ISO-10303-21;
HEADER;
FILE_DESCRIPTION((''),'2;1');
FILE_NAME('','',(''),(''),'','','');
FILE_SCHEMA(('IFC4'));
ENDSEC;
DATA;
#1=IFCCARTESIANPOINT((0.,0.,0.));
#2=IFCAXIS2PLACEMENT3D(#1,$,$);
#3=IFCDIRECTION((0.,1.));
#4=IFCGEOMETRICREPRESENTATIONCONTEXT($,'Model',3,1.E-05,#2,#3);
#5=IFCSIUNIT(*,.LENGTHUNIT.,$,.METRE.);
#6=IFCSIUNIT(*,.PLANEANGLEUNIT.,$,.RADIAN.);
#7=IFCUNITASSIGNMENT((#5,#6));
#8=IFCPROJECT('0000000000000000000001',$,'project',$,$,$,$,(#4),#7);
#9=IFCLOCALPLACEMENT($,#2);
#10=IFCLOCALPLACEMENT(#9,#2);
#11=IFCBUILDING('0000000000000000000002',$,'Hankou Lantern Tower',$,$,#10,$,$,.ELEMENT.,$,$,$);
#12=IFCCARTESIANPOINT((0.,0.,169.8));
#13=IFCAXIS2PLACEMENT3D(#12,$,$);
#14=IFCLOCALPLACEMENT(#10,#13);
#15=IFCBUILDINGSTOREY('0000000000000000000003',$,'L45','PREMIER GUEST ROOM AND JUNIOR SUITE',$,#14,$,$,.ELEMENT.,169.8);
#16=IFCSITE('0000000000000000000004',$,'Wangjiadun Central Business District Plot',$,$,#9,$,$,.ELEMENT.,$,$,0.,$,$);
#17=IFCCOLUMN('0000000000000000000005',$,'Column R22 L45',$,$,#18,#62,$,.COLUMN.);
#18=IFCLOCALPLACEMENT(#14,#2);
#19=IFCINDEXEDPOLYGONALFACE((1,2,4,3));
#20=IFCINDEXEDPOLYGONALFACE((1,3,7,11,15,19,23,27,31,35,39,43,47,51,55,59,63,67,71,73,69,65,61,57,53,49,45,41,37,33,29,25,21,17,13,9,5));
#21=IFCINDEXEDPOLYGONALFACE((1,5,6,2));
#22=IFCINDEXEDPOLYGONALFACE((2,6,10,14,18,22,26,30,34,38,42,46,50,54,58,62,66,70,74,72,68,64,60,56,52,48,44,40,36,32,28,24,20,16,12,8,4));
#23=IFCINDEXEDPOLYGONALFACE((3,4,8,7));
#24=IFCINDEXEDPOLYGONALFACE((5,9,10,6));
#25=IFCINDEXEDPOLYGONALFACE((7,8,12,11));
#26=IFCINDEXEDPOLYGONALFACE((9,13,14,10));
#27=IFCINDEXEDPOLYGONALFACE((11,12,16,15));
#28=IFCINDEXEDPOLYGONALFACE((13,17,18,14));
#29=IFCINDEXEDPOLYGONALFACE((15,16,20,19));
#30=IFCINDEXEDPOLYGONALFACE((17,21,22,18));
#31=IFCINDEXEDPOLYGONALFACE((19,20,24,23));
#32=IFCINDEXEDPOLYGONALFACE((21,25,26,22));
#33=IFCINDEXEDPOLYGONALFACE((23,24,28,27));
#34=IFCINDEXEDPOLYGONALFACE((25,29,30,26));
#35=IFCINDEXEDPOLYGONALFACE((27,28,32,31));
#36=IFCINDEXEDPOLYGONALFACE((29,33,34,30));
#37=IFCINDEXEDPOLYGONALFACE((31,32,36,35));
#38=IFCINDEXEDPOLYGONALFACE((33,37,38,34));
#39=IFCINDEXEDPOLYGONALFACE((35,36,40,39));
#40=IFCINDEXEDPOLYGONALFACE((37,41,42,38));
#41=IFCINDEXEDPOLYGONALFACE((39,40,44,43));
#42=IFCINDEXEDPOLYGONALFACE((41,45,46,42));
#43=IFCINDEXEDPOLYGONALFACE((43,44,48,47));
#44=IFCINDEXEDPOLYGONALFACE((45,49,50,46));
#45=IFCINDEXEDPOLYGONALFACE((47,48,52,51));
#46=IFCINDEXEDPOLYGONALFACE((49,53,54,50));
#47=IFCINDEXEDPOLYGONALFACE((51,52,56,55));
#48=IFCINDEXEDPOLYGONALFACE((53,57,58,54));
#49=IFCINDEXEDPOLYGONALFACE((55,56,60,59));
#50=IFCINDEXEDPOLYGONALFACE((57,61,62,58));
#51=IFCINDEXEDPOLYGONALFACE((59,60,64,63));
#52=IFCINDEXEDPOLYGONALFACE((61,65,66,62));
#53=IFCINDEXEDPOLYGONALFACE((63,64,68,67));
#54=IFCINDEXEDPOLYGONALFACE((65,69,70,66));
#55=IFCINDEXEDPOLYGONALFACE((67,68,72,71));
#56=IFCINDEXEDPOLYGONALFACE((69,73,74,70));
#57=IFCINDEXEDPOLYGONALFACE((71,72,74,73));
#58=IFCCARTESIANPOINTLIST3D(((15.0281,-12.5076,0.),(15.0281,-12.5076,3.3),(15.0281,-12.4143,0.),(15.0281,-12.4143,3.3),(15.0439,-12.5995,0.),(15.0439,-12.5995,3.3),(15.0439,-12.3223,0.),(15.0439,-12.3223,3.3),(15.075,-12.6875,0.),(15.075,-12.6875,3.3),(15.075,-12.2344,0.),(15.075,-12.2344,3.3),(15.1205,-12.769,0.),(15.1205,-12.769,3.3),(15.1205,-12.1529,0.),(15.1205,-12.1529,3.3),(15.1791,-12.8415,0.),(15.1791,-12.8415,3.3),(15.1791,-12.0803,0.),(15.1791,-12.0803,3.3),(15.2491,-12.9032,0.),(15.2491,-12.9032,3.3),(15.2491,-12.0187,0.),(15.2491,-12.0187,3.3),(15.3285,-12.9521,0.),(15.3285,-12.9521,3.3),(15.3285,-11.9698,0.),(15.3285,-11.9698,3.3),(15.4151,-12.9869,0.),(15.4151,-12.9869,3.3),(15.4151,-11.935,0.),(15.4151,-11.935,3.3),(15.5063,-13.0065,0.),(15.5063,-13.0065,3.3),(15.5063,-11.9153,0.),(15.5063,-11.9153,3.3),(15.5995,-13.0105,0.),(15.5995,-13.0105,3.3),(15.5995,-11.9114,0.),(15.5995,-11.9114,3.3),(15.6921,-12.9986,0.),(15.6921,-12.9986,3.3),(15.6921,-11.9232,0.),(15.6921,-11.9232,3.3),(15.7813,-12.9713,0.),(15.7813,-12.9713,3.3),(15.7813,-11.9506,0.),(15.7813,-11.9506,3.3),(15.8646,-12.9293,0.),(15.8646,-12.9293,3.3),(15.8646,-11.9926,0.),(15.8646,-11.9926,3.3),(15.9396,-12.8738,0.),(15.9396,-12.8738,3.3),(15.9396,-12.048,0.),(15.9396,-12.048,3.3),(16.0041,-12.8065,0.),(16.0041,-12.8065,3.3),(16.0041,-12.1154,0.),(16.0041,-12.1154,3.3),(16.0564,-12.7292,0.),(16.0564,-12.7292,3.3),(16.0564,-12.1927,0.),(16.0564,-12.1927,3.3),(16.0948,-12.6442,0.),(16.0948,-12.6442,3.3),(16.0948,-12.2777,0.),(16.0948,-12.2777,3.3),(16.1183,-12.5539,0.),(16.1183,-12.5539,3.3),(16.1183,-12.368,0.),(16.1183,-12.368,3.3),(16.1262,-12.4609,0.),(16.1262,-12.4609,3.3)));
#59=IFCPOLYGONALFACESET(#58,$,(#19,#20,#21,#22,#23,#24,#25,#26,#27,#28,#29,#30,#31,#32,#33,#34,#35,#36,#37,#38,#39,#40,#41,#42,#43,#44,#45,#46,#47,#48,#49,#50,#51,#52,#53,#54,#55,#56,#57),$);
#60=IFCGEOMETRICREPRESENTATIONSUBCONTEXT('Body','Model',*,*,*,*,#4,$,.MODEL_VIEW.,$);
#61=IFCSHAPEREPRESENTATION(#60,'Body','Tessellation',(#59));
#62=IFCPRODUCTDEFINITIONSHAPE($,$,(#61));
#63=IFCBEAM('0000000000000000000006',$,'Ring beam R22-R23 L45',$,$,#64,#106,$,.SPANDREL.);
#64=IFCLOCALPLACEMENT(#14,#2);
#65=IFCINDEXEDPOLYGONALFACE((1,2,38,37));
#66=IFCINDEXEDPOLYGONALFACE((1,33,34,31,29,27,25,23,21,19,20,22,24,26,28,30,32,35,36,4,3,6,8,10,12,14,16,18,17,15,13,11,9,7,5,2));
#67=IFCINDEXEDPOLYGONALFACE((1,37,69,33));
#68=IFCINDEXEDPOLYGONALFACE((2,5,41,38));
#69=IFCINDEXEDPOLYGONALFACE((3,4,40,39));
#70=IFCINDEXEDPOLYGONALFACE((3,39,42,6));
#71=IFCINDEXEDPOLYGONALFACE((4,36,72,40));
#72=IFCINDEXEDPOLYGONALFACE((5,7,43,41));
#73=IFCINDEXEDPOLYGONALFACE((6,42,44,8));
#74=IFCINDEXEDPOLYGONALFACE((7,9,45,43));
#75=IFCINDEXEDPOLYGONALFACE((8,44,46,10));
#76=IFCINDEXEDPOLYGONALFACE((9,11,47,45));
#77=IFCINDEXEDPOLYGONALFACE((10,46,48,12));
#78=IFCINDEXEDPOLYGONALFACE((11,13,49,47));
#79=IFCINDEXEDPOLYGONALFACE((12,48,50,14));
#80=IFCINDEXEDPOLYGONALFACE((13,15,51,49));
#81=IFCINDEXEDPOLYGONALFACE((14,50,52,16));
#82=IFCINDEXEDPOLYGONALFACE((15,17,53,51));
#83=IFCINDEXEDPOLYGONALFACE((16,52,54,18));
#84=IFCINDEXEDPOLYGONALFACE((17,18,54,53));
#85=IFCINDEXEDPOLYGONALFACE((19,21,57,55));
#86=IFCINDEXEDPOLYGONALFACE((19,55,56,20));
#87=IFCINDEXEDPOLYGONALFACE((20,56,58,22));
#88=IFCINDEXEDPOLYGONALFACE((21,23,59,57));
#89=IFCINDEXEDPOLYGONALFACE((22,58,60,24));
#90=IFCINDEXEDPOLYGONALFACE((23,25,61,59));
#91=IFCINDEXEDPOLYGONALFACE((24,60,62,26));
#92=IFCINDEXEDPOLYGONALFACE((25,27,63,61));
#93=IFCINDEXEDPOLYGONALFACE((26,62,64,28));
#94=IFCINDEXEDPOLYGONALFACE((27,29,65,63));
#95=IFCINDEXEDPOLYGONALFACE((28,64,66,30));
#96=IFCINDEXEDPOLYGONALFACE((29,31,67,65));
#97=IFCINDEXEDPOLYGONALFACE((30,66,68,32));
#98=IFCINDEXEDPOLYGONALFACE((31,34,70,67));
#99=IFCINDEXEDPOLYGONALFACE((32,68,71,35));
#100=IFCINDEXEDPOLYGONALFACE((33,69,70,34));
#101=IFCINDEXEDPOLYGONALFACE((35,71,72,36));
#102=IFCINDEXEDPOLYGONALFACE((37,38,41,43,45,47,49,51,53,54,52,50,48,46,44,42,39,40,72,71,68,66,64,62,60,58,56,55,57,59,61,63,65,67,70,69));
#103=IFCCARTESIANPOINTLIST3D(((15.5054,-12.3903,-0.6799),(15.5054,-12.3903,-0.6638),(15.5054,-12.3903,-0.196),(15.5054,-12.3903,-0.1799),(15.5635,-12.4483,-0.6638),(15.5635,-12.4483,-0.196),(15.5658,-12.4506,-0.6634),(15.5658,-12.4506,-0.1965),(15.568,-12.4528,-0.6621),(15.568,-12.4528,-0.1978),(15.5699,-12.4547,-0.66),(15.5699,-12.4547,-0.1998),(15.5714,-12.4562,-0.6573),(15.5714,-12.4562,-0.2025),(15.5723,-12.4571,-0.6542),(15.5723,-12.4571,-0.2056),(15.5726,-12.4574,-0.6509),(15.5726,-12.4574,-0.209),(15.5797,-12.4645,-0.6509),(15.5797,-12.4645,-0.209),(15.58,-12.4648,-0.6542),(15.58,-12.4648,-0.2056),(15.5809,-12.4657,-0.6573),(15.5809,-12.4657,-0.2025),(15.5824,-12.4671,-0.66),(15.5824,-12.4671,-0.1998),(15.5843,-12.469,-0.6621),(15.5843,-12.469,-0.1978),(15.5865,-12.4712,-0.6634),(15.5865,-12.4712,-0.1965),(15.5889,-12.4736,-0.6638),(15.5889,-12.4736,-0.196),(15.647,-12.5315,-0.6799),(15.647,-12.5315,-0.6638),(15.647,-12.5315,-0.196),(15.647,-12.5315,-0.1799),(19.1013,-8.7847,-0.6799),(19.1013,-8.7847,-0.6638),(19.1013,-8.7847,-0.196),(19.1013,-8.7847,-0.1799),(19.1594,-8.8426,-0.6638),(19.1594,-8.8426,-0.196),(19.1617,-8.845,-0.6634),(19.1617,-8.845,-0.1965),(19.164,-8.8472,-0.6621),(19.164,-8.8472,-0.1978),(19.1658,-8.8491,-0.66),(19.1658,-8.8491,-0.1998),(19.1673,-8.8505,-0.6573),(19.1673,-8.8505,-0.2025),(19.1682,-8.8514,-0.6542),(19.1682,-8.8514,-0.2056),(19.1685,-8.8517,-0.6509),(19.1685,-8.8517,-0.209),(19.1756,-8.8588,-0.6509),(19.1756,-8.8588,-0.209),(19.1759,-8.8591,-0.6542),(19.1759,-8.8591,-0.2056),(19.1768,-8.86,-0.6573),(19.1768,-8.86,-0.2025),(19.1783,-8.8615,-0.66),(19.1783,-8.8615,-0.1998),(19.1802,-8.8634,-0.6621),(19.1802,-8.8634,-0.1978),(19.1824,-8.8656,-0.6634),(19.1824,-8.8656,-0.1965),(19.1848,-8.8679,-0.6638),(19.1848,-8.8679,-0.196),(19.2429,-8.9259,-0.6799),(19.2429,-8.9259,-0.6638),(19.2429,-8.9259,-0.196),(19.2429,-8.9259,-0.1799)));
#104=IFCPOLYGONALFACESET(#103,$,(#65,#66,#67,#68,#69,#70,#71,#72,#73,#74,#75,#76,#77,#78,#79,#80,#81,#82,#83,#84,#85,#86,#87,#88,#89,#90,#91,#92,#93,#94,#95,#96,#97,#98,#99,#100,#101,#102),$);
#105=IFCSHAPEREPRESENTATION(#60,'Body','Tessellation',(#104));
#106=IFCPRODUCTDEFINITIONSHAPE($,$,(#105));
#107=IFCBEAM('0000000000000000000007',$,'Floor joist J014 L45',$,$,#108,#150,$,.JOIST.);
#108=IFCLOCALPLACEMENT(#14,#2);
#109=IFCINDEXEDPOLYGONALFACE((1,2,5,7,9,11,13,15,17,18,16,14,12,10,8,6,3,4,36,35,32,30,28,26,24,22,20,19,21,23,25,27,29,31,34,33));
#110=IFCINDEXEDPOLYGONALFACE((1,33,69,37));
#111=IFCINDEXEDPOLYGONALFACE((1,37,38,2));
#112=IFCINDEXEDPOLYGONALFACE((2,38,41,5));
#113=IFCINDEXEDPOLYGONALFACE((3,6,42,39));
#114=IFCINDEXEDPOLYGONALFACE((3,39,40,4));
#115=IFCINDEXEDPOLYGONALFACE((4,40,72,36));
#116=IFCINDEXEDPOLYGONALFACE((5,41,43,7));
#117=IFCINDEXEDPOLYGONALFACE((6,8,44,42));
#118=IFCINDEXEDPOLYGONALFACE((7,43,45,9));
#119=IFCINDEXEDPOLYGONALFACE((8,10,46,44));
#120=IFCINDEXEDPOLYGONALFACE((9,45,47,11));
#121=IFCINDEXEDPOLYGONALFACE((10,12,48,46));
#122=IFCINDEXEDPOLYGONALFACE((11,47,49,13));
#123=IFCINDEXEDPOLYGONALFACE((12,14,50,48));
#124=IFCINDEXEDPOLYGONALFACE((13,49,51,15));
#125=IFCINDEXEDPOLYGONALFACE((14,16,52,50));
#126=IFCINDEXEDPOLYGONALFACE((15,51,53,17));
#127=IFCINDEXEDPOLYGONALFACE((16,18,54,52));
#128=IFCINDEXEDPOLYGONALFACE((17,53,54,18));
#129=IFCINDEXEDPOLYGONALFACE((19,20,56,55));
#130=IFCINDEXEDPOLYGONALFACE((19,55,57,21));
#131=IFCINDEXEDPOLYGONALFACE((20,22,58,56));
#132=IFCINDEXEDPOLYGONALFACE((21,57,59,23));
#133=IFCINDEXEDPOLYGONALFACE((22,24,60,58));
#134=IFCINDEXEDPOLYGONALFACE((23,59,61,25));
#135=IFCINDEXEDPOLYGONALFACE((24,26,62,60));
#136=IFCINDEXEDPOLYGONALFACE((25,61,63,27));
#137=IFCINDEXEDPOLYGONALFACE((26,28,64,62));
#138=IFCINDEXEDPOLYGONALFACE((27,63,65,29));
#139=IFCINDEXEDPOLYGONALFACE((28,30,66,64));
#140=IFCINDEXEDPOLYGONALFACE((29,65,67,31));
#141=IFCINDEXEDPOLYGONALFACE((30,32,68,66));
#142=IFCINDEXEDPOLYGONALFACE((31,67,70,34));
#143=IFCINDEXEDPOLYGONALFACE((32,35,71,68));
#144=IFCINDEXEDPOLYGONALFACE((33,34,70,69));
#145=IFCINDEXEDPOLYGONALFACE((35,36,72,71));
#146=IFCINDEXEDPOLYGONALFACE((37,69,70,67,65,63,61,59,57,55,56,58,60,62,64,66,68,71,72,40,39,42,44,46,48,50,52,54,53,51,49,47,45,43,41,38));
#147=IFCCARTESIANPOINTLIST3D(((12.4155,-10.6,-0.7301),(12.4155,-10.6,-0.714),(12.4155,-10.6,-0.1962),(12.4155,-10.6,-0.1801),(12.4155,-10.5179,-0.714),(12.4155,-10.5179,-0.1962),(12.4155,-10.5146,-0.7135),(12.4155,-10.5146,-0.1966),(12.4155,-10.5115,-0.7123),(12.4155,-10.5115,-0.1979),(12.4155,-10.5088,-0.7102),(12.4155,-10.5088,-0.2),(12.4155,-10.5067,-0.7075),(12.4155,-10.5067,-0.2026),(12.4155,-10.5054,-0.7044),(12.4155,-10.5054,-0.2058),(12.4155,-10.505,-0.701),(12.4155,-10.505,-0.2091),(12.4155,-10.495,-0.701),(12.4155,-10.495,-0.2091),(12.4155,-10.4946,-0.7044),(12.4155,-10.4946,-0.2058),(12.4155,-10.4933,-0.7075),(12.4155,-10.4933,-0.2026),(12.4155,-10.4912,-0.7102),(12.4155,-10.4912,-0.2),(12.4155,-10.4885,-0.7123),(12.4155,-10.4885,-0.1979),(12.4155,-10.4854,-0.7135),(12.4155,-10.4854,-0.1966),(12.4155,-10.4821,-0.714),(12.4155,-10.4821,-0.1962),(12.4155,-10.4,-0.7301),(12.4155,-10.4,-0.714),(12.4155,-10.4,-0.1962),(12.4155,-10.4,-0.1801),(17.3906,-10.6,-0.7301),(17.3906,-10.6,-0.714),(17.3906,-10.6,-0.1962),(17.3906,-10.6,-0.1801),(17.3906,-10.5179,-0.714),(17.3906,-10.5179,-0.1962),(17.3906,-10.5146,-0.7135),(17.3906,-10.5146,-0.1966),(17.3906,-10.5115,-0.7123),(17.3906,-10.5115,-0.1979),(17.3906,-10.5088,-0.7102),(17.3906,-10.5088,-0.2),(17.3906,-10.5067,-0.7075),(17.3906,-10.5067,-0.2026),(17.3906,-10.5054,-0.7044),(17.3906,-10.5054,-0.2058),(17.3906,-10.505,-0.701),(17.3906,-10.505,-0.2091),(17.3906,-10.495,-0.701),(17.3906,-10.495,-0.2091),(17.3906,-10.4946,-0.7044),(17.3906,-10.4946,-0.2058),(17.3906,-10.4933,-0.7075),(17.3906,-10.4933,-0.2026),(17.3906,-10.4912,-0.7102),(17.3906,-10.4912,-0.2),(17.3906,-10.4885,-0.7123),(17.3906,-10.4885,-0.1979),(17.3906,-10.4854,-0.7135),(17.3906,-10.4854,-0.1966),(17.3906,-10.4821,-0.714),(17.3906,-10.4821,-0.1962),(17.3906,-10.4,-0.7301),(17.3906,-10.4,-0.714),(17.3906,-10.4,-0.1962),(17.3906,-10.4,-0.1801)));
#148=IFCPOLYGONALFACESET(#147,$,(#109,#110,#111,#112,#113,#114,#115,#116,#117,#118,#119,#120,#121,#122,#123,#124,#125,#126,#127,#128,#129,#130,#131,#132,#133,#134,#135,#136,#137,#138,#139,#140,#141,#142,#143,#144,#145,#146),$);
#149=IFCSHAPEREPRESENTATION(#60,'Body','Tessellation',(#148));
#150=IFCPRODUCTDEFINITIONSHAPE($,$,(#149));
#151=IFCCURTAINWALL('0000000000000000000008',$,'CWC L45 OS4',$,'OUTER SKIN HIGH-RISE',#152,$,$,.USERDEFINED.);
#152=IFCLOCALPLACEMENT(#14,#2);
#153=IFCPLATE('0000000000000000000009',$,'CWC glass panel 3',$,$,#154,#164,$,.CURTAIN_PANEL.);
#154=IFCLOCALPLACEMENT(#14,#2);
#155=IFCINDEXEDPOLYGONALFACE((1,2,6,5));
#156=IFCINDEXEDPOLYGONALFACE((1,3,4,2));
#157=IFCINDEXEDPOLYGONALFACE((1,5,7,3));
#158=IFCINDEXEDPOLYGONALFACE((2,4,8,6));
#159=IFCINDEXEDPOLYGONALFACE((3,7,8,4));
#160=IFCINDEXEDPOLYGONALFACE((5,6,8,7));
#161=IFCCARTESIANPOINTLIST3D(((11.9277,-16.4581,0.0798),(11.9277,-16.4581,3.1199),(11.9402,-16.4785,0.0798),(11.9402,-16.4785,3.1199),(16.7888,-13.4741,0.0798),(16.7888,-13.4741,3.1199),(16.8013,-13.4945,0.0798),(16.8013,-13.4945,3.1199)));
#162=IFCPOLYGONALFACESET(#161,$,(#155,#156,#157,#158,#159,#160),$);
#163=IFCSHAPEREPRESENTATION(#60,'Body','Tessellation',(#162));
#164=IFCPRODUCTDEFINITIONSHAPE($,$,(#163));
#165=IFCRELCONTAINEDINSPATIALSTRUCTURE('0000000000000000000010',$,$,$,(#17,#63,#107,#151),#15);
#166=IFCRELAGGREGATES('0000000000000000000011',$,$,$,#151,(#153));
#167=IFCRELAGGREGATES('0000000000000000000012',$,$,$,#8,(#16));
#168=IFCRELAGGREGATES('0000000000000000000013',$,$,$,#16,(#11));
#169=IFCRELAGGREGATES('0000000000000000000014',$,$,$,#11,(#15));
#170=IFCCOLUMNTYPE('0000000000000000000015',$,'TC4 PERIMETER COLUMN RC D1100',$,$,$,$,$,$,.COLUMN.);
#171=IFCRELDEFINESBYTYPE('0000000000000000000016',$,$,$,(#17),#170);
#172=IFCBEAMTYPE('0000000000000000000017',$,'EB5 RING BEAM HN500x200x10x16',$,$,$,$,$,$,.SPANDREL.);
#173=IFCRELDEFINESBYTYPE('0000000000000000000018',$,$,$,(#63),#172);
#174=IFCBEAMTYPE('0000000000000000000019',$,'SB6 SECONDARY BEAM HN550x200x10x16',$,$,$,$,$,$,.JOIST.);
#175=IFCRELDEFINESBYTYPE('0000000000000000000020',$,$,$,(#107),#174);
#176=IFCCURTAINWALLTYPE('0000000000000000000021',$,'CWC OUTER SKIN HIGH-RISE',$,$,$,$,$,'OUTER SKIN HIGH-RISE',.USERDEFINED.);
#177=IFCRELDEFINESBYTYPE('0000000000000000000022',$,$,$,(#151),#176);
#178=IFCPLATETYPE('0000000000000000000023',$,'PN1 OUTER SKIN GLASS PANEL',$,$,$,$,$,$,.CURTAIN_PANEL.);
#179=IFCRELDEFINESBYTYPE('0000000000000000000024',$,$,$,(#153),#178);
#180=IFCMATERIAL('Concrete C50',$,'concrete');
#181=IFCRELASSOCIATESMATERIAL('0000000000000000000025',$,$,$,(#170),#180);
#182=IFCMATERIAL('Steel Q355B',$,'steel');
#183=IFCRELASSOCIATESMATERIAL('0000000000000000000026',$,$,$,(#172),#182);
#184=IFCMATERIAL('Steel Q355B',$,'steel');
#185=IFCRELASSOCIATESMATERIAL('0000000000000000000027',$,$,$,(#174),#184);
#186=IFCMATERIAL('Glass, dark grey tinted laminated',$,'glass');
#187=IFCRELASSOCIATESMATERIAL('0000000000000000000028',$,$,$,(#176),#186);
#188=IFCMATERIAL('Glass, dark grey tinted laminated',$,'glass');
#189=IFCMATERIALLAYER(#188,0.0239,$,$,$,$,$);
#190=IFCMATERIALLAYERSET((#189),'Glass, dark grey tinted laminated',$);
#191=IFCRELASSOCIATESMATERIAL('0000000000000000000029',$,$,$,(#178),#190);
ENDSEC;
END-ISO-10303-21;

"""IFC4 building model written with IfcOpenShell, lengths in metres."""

from ifc_helpers import new_model, si_unit, direction, frame, origin, origin_2d, place, context, subcontext, project, spatial, rectangle, circle, i_section, extrude, material, layer, layer_set, material_profile, profile_set, type_object, element, aggregate, save


model = new_model("IFC4")

# Units and contexts
model_context = context("Model", 3, precision=1e-05, world=origin(), true_north=direction((0.0, 1.0)))
body_context = subcontext(model_context, "Body", "Model", "MODEL_VIEW")
ifc_project = project(units=[si_unit("LENGTHUNIT", "METRE"), si_unit("PLANEANGLEUNIT", "RADIAN")], contexts=[model_context])

# Site, building, storey
site_placement = place(None, origin())
site = spatial("IfcSite", under=ifc_project, at=site_placement, Name="Wangjiadun Central Business District Plot", CompositionType="ELEMENT", RefElevation=0.0)
building_placement = place(site_placement, origin())
building = spatial("IfcBuilding", under=site, at=building_placement, Name="Hankou Lantern Tower", CompositionType="ELEMENT")
storey_placement = place(building_placement, frame((0.0, 0.0, 169.8)))
storey = spatial("IfcBuildingStorey", under=building, at=storey_placement, Name="L45", Description="PREMIER GUEST ROOM AND JUNIOR SUITE", CompositionType="ELEMENT", Elevation=169.8)

# Column
ifc_material_1 = material(Name="Concrete C50", Category="concrete")
ifc_material_profile_1 = material_profile(ifc_material_1, circle(Radius=0.55, at=origin_2d()), Name="RC D1100")
ifc_profile_set_1 = profile_set([ifc_material_profile_1], Name="Concrete C50")
column_type = type_object("IfcColumnType", Name="TC4 PERIMETER COLUMN RC D1100", PredefinedType="COLUMN", material=ifc_profile_set_1)
column_placement = place(storey_placement, frame((15.5762, -12.4609, 0.0), z_axis=(0.0, 0.0, 1.0), x_axis=(1.0, 0.0, 0.0)))
element("IfcColumn", 1, at=column_placement, inside=storey, type_object=column_type, Name="Column R22 L45", PredefinedType="COLUMN", context=body_context, shape_type="SweptSolid", body=[
    extrude(circle(Radius=0.55, at=origin_2d()), origin(), (0.0, 0.0, 1.0), 3.3),
])

# Beams
ifc_material_2 = material(Name="Steel Q355B", Category="steel")
ifc_material_profile_2 = material_profile(ifc_material_2, i_section(OverallWidth=0.2, OverallDepth=0.5, WebThickness=0.01, FlangeThickness=0.0161, FilletRadius=0.0129, at=origin_2d()), Name="HN500x200x10x16")
ifc_profile_set_2 = profile_set([ifc_material_profile_2], Name="Steel Q355B")
beam_type_1 = type_object("IfcBeamType", Name="EB5 RING BEAM HN500x200x10x16", PredefinedType="SPANDREL", material=ifc_profile_set_2)
beam_1_placement = place(storey_placement, frame((15.5762, -12.4609, -0.4299), z_axis=(0.706147, 0.708065, 0.0), x_axis=(-0.708065, 0.706147, 0.0)))
element("IfcBeam", 2, at=beam_1_placement, inside=storey, type_object=beam_type_1, Name="Ring beam R22-R23 L45", PredefinedType="SPANDREL", context=body_context, shape_type="SweptSolid", body=[
    extrude(i_section(OverallWidth=0.2, OverallDepth=0.5, WebThickness=0.01, FlangeThickness=0.0161, FilletRadius=0.0129, at=origin_2d()), origin(), (0.0, 0.0, 1.0), 5.0923),
])
ifc_material_3 = material(Name="Steel Q355B", Category="steel")
ifc_material_profile_3 = material_profile(ifc_material_3, i_section(OverallWidth=0.2, OverallDepth=0.55, WebThickness=0.01, FlangeThickness=0.0161, FilletRadius=0.0129, at=origin_2d()), Name="HN550x200x10x16")
ifc_profile_set_3 = profile_set([ifc_material_profile_3], Name="Steel Q355B")
beam_type_2 = type_object("IfcBeamType", Name="SB6 SECONDARY BEAM HN550x200x10x16", PredefinedType="JOIST", material=ifc_profile_set_3)
beam_2_placement = place(storey_placement, frame((12.4155, -10.5, -0.4551), z_axis=(1.0, 0.0, 0.0), x_axis=(0.0, 1.0, 0.0)))
element("IfcBeam", 3, at=beam_2_placement, inside=storey, type_object=beam_type_2, Name="Floor joist J014 L45", PredefinedType="JOIST", context=body_context, shape_type="SweptSolid", body=[
    extrude(i_section(OverallWidth=0.2, OverallDepth=0.55, WebThickness=0.01, FlangeThickness=0.0161, FilletRadius=0.0129, at=origin_2d()), origin(), (0.0, 0.0, 1.0), 4.9751),
])

# Curtain wall, plate
ifc_material_4 = material(Name="Glass, dark grey tinted laminated", Category="glass")
curtain_wall_type = type_object("IfcCurtainWallType", Name="CWC OUTER SKIN HIGH-RISE", ElementType="OUTER SKIN HIGH-RISE", PredefinedType="USERDEFINED", material=ifc_material_4)
curtain_wall_placement = place(storey_placement, origin())
curtain_wall = element("IfcCurtainWall", 4, at=curtain_wall_placement, inside=storey, type_object=curtain_wall_type, Name="CWC L45 OS4", ObjectType="OUTER SKIN HIGH-RISE", PredefinedType="USERDEFINED")
ifc_material_5 = material(Name="Glass, dark grey tinted laminated", Category="glass")
ifc_layer_1 = layer(ifc_material_5, 0.0239)
ifc_layer_set_1 = layer_set([ifc_layer_1], Name="Glass, dark grey tinted laminated")
plate_type = type_object("IfcPlateType", Name="PN1 OUTER SKIN GLASS PANEL", PredefinedType="CURTAIN_PANEL", material=ifc_layer_set_1)
plate_placement = place(storey_placement, frame((14.3645, -14.9763, 0.0798), z_axis=(0.0, 0.0, 1.0), x_axis=(0.852237, 0.523156, 0.0)))
plate = element("IfcPlate", 5, at=plate_placement, type_object=plate_type, Name="CWC glass panel 3", PredefinedType="CURTAIN_PANEL", context=body_context, shape_type="SweptSolid", body=[
    extrude(rectangle(XDim=5.7039, YDim=0.0239, at=origin_2d()), origin(), (0.0, 0.0, 1.0), 3.04),
])
aggregate(curtain_wall, [plate])

save(model, "model.ifc")
